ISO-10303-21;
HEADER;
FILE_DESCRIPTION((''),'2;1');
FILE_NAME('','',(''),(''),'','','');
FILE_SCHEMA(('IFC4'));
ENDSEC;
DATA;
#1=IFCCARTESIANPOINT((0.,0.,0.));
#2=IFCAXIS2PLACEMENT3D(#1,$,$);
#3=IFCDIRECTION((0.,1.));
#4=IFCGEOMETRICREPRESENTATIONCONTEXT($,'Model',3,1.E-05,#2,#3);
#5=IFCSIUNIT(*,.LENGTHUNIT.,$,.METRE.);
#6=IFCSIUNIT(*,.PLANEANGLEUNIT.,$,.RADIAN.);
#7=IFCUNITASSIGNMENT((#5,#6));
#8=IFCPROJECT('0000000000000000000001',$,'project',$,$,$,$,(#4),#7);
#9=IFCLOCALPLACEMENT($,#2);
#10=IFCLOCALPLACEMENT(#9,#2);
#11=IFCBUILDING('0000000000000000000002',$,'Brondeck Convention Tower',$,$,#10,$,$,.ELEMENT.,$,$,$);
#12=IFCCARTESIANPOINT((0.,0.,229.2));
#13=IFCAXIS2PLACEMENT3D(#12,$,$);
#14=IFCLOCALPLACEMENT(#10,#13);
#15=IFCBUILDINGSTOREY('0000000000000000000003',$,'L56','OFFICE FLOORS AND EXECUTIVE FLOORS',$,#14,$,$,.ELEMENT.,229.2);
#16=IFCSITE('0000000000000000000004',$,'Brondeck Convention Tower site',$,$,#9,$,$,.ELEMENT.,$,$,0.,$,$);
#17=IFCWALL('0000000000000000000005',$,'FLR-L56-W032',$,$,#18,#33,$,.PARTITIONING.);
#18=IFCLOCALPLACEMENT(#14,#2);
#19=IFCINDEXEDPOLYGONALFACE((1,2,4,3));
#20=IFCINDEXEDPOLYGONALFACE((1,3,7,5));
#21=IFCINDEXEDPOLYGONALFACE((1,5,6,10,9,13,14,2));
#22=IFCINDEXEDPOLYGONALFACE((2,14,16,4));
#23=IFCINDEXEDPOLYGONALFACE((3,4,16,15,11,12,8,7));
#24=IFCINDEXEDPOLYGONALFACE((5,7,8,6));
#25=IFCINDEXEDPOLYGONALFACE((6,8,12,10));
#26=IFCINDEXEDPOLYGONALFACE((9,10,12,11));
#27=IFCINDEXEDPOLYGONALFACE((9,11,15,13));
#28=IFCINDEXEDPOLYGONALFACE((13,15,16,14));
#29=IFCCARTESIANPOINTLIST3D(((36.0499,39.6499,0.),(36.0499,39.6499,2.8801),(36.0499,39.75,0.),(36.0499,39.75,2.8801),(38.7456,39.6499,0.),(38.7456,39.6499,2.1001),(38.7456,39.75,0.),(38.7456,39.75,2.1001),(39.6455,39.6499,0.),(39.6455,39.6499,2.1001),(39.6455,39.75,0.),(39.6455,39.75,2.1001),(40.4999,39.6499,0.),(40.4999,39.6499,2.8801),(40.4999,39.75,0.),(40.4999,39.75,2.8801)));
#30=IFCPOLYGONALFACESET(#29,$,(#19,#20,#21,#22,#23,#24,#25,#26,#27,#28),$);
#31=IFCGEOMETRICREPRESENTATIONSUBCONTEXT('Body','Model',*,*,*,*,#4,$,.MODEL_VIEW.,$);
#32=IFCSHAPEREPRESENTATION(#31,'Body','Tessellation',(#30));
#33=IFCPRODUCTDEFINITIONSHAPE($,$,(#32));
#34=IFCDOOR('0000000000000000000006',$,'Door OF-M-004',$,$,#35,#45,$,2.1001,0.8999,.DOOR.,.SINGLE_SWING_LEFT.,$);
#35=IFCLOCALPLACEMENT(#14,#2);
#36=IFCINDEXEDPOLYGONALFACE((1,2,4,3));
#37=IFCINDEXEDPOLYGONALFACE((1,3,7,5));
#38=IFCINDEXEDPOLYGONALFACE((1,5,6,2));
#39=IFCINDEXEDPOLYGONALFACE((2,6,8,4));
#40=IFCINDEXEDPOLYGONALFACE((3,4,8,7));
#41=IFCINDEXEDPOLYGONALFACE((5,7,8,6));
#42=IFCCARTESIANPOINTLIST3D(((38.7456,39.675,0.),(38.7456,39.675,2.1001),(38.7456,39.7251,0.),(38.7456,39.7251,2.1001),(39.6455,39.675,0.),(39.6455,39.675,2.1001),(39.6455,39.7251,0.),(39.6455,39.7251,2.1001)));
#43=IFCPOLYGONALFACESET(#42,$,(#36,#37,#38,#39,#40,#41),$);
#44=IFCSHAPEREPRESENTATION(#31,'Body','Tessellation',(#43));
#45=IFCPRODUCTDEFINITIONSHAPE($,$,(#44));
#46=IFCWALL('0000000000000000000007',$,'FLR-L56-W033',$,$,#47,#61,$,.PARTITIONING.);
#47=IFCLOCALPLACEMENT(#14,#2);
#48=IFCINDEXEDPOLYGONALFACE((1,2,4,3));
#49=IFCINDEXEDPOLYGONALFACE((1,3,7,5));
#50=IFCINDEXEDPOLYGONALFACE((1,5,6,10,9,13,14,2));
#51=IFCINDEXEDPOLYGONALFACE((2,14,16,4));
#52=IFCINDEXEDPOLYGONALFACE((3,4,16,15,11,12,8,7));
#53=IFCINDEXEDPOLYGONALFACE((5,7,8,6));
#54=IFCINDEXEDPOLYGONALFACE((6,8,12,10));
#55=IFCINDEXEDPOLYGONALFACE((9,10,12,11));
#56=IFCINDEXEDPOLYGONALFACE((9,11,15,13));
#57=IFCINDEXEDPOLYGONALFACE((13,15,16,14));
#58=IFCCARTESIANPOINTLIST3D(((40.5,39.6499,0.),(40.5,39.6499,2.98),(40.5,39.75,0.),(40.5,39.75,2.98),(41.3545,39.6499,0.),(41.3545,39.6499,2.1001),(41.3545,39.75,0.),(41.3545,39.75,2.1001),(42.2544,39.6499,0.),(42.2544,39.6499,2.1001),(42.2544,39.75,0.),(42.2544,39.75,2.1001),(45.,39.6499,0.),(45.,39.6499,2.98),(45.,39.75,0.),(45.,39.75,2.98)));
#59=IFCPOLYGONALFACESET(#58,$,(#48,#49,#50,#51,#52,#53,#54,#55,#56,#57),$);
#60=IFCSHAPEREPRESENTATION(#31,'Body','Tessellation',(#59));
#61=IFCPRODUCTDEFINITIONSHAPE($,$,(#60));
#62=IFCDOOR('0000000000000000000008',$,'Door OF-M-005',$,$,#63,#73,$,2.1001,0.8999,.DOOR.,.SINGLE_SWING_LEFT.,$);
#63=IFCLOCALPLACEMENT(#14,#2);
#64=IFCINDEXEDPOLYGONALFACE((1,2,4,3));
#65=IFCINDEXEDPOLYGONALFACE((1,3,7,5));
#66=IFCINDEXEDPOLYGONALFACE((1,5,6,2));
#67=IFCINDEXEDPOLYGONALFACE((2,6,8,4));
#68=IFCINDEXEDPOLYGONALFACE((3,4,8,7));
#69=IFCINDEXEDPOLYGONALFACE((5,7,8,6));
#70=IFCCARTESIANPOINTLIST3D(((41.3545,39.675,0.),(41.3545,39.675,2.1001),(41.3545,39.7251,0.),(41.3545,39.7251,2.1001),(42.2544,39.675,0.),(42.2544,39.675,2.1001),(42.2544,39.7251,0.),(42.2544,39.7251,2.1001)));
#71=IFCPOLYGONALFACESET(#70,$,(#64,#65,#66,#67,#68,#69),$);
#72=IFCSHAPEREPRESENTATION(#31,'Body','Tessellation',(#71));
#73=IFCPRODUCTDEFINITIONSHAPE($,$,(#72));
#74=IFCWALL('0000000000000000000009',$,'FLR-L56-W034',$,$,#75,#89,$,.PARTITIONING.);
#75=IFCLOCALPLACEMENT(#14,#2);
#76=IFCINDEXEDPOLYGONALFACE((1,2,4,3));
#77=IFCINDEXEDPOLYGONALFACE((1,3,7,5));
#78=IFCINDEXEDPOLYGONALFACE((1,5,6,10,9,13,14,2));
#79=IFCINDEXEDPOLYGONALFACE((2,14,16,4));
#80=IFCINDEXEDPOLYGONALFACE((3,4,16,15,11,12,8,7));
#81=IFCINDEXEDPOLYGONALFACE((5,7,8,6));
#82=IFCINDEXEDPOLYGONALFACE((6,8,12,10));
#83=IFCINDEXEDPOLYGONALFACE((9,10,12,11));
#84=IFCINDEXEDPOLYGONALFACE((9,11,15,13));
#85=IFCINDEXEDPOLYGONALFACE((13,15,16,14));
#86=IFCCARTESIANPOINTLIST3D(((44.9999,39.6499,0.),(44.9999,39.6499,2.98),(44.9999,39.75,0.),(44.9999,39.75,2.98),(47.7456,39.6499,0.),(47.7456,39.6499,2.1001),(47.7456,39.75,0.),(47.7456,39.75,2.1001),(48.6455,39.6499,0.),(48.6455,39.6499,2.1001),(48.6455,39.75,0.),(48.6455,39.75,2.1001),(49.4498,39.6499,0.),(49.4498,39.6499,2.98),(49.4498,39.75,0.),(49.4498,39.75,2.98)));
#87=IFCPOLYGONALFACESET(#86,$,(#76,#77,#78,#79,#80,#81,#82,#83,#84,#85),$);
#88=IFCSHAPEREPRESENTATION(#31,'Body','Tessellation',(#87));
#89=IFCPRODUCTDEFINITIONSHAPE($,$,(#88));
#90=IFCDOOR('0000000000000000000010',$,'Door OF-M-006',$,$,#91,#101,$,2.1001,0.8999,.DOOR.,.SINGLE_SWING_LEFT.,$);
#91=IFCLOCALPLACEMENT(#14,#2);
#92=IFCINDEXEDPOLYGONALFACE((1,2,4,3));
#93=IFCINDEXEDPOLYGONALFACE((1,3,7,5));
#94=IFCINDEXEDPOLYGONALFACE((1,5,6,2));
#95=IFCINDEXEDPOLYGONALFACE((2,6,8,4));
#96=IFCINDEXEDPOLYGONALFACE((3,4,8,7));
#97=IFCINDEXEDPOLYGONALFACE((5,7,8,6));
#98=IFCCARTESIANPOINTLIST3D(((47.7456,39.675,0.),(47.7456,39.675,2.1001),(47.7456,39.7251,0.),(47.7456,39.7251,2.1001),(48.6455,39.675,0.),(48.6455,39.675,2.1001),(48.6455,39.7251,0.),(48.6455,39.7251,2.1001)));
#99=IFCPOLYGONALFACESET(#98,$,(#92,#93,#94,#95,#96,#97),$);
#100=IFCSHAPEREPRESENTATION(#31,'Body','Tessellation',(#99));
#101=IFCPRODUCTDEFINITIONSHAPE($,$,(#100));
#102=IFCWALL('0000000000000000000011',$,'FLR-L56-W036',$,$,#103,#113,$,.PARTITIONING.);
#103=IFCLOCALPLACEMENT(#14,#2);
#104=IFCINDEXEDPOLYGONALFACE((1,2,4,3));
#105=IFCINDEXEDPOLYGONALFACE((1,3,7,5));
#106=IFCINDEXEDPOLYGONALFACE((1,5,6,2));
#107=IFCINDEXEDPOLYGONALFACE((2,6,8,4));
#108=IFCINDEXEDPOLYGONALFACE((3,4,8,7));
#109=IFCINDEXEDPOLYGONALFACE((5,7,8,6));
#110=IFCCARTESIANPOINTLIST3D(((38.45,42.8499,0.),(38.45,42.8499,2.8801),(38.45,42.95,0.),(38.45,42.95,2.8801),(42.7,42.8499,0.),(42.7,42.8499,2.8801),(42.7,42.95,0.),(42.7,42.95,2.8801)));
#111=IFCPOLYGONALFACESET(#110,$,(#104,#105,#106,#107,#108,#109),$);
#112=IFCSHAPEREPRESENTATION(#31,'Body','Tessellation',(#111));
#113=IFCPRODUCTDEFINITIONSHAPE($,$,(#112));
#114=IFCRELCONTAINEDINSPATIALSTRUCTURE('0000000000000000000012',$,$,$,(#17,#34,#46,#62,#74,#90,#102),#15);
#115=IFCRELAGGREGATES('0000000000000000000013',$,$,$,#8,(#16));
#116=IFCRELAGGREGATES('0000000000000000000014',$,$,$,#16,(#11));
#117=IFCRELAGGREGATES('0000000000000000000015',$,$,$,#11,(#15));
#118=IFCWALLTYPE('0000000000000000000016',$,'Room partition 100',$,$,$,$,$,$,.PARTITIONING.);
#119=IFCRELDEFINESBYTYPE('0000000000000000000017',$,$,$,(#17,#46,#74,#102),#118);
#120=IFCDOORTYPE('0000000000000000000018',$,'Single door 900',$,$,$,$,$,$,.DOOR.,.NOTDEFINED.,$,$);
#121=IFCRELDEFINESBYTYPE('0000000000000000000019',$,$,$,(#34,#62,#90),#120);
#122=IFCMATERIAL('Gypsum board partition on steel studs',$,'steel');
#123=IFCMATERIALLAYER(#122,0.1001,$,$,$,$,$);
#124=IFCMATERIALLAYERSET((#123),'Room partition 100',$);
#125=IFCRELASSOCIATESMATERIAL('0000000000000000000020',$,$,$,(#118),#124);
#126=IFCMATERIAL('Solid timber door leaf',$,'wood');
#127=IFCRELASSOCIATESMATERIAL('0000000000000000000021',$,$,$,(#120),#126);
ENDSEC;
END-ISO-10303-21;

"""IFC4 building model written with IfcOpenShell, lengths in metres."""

from ifc_helpers import new_model, si_unit, direction, frame, frame_2d, origin, place, context, subcontext, project, spatial, rectangle, extrude, material, layer, layer_set, type_object, element, fill, save


model = new_model("IFC4")

# Units and contexts
model_context = context("Model", 3, precision=1e-05, world=origin(), true_north=direction((0.0, 1.0)))
body_context = subcontext(model_context, "Body", "Model", "MODEL_VIEW")
ifc_project = project(units=[si_unit("LENGTHUNIT", "METRE"), si_unit("PLANEANGLEUNIT", "RADIAN")], contexts=[model_context])

# Site, building, storey
site_placement = place(None, origin())
site = spatial("IfcSite", under=ifc_project, at=site_placement, Name="Brondeck Convention Tower site", CompositionType="ELEMENT", RefElevation=0.0)
building_placement = place(site_placement, origin())
building = spatial("IfcBuilding", under=site, at=building_placement, Name="Brondeck Convention Tower", CompositionType="ELEMENT")
storey_placement = place(building_placement, frame((0.0, 0.0, 229.2)))
storey = spatial("IfcBuildingStorey", under=building, at=storey_placement, Name="L56", Description="OFFICE FLOORS AND EXECUTIVE FLOORS", CompositionType="ELEMENT", Elevation=229.2)

# Shared definitions
ifc_material_1 = material(Name="Gypsum board partition on steel studs", Category="steel")
ifc_layer_1 = layer(ifc_material_1, 0.1001)
ifc_layer_set_1 = layer_set([ifc_layer_1], Name="Room partition 100")
wall_type_1 = type_object("IfcWallType", Name="Room partition 100", PredefinedType="PARTITIONING", material=ifc_layer_set_1)

# Walls, openings, doors
wall_1_placement = place(storey_placement, frame((40.5, 39.7, 0.0), z_axis=(0.0, 0.0, 1.0), x_axis=(-1.0, 0.0, 0.0)))
wall_1 = element("IfcWall", 1, at=wall_1_placement, inside=storey, type_object=wall_type_1, Name="FLR-L56-W032", PredefinedType="PARTITIONING", context=body_context, shape_type="SweptSolid", body=[
    extrude(rectangle(XDim=4.45, YDim=0.1001, at=frame_2d((2.2251, 0.0))), origin(), (0.0, 0.0, 1.0), 2.8801),
])
opening_1_placement = place(wall_1_placement, frame((0.8545, 0.0, 0.0)))
opening_1 = element("IfcOpeningElement", 2, at=opening_1_placement, cuts=wall_1, PredefinedType="OPENING", context=body_context, shape_type="SweptSolid", body=[
    extrude(rectangle(XDim=0.8999, YDim=2.1001, at=frame_2d((0.45, 1.05))), frame((0.0, 0.0601, 0.0), z_axis=(0.0, -1.0, 0.0), x_axis=(1.0, 0.0, 0.0)), (0.0, 0.0, 1.0), 0.1201),
])
ifc_material_2 = material(Name="Solid timber door leaf", Category="wood")
door_type = type_object("IfcDoorType", Name="Single door 900", OperationType="NOTDEFINED", PredefinedType="DOOR", material=ifc_material_2)
door_1_placement = place(opening_1_placement, origin())
door_1 = element("IfcDoor", 3, at=door_1_placement, inside=storey, type_object=door_type, Name="Door OF-M-004", OperationType="SINGLE_SWING_LEFT", OverallHeight=2.1001, OverallWidth=0.8999, PredefinedType="DOOR", context=body_context, shape_type="SweptSolid", body=[
    extrude(rectangle(XDim=0.8999, YDim=2.1001, at=frame_2d((0.45, 1.05))), frame((0.0, 0.0249, 0.0), z_axis=(0.0, -1.0, 0.0), x_axis=(1.0, 0.0, 0.0)), (0.0, 0.0, 1.0), 0.05),
])
fill(opening_1, door_1)
wall_2_placement = place(storey_placement, frame((45.0, 39.7, 0.0), z_axis=(0.0, 0.0, 1.0), x_axis=(-1.0, 0.0, 0.0)))
wall_2 = element("IfcWall", 4, at=wall_2_placement, inside=storey, type_object=wall_type_1, Name="FLR-L56-W033", PredefinedType="PARTITIONING", context=body_context, shape_type="SweptSolid", body=[
    extrude(rectangle(XDim=4.5, YDim=0.1001, at=frame_2d((2.25, 0.0))), origin(), (0.0, 0.0, 1.0), 2.98),
])
opening_2_placement = place(wall_2_placement, frame((2.7456, 0.0, 0.0)))
opening_2 = element("IfcOpeningElement", 5, at=opening_2_placement, cuts=wall_2, PredefinedType="OPENING", context=body_context, shape_type="SweptSolid", body=[
    extrude(rectangle(XDim=0.8999, YDim=2.1001, at=frame_2d((0.45, 1.05))), frame((0.0, 0.0601, 0.0), z_axis=(0.0, -1.0, 0.0), x_axis=(1.0, 0.0, 0.0)), (0.0, 0.0, 1.0), 0.1201),
])
door_2_placement = place(opening_2_placement, origin())
door_2 = element("IfcDoor", 6, at=door_2_placement, inside=storey, type_object=door_type, Name="Door OF-M-005", OperationType="SINGLE_SWING_LEFT", OverallHeight=2.1001, OverallWidth=0.8999, PredefinedType="DOOR", context=body_context, shape_type="SweptSolid", body=[
    extrude(rectangle(XDim=0.8999, YDim=2.1001, at=frame_2d((0.45, 1.05))), frame((0.0, 0.0249, 0.0), z_axis=(0.0, -1.0, 0.0), x_axis=(1.0, 0.0, 0.0)), (0.0, 0.0, 1.0), 0.05),
])
fill(opening_2, door_2)
wall_3_placement = place(storey_placement, frame((49.45, 39.7, 0.0), z_axis=(0.0, 0.0, 1.0), x_axis=(-1.0, 0.0, 0.0)))
wall_3 = element("IfcWall", 7, at=wall_3_placement, inside=storey, type_object=wall_type_1, Name="FLR-L56-W034", PredefinedType="PARTITIONING", context=body_context, shape_type="SweptSolid", body=[
    extrude(rectangle(XDim=4.45, YDim=0.1001, at=frame_2d((2.2251, 0.0))), origin(), (0.0, 0.0, 1.0), 2.98),
])
opening_3_placement = place(wall_3_placement, frame((0.8044, 0.0, 0.0)))
opening_3 = element("IfcOpeningElement", 8, at=opening_3_placement, cuts=wall_3, PredefinedType="OPENING", context=body_context, shape_type="SweptSolid", body=[
    extrude(rectangle(XDim=0.8999, YDim=2.1001, at=frame_2d((0.45, 1.05))), frame((0.0, 0.0601, 0.0), z_axis=(0.0, -1.0, 0.0), x_axis=(1.0, 0.0, 0.0)), (0.0, 0.0, 1.0), 0.1201),
])
door_3_placement = place(opening_3_placement, origin())
door_3 = element("IfcDoor", 9, at=door_3_placement, inside=storey, type_object=door_type, Name="Door OF-M-006", OperationType="SINGLE_SWING_LEFT", OverallHeight=2.1001, OverallWidth=0.8999, PredefinedType="DOOR", context=body_context, shape_type="SweptSolid", body=[
    extrude(rectangle(XDim=0.8999, YDim=2.1001, at=frame_2d((0.45, 1.05))), frame((0.0, 0.0249, 0.0), z_axis=(0.0, -1.0, 0.0), x_axis=(1.0, 0.0, 0.0)), (0.0, 0.0, 1.0), 0.05),
])
fill(opening_3, door_3)

# Wall
wall_4_placement = place(storey_placement, frame((38.45, 42.8999, 0.0), z_axis=(0.0, 0.0, 1.0), x_axis=(1.0, 0.0, 0.0)))
element("IfcWall", 10, at=wall_4_placement, inside=storey, type_object=wall_type_1, Name="FLR-L56-W036", PredefinedType="PARTITIONING", context=body_context, shape_type="SweptSolid", body=[
    extrude(rectangle(XDim=4.25, YDim=0.1001, at=frame_2d((2.125, 0.0))), origin(), (0.0, 0.0, 1.0), 2.8801),
])

save(model, "model.ifc")
